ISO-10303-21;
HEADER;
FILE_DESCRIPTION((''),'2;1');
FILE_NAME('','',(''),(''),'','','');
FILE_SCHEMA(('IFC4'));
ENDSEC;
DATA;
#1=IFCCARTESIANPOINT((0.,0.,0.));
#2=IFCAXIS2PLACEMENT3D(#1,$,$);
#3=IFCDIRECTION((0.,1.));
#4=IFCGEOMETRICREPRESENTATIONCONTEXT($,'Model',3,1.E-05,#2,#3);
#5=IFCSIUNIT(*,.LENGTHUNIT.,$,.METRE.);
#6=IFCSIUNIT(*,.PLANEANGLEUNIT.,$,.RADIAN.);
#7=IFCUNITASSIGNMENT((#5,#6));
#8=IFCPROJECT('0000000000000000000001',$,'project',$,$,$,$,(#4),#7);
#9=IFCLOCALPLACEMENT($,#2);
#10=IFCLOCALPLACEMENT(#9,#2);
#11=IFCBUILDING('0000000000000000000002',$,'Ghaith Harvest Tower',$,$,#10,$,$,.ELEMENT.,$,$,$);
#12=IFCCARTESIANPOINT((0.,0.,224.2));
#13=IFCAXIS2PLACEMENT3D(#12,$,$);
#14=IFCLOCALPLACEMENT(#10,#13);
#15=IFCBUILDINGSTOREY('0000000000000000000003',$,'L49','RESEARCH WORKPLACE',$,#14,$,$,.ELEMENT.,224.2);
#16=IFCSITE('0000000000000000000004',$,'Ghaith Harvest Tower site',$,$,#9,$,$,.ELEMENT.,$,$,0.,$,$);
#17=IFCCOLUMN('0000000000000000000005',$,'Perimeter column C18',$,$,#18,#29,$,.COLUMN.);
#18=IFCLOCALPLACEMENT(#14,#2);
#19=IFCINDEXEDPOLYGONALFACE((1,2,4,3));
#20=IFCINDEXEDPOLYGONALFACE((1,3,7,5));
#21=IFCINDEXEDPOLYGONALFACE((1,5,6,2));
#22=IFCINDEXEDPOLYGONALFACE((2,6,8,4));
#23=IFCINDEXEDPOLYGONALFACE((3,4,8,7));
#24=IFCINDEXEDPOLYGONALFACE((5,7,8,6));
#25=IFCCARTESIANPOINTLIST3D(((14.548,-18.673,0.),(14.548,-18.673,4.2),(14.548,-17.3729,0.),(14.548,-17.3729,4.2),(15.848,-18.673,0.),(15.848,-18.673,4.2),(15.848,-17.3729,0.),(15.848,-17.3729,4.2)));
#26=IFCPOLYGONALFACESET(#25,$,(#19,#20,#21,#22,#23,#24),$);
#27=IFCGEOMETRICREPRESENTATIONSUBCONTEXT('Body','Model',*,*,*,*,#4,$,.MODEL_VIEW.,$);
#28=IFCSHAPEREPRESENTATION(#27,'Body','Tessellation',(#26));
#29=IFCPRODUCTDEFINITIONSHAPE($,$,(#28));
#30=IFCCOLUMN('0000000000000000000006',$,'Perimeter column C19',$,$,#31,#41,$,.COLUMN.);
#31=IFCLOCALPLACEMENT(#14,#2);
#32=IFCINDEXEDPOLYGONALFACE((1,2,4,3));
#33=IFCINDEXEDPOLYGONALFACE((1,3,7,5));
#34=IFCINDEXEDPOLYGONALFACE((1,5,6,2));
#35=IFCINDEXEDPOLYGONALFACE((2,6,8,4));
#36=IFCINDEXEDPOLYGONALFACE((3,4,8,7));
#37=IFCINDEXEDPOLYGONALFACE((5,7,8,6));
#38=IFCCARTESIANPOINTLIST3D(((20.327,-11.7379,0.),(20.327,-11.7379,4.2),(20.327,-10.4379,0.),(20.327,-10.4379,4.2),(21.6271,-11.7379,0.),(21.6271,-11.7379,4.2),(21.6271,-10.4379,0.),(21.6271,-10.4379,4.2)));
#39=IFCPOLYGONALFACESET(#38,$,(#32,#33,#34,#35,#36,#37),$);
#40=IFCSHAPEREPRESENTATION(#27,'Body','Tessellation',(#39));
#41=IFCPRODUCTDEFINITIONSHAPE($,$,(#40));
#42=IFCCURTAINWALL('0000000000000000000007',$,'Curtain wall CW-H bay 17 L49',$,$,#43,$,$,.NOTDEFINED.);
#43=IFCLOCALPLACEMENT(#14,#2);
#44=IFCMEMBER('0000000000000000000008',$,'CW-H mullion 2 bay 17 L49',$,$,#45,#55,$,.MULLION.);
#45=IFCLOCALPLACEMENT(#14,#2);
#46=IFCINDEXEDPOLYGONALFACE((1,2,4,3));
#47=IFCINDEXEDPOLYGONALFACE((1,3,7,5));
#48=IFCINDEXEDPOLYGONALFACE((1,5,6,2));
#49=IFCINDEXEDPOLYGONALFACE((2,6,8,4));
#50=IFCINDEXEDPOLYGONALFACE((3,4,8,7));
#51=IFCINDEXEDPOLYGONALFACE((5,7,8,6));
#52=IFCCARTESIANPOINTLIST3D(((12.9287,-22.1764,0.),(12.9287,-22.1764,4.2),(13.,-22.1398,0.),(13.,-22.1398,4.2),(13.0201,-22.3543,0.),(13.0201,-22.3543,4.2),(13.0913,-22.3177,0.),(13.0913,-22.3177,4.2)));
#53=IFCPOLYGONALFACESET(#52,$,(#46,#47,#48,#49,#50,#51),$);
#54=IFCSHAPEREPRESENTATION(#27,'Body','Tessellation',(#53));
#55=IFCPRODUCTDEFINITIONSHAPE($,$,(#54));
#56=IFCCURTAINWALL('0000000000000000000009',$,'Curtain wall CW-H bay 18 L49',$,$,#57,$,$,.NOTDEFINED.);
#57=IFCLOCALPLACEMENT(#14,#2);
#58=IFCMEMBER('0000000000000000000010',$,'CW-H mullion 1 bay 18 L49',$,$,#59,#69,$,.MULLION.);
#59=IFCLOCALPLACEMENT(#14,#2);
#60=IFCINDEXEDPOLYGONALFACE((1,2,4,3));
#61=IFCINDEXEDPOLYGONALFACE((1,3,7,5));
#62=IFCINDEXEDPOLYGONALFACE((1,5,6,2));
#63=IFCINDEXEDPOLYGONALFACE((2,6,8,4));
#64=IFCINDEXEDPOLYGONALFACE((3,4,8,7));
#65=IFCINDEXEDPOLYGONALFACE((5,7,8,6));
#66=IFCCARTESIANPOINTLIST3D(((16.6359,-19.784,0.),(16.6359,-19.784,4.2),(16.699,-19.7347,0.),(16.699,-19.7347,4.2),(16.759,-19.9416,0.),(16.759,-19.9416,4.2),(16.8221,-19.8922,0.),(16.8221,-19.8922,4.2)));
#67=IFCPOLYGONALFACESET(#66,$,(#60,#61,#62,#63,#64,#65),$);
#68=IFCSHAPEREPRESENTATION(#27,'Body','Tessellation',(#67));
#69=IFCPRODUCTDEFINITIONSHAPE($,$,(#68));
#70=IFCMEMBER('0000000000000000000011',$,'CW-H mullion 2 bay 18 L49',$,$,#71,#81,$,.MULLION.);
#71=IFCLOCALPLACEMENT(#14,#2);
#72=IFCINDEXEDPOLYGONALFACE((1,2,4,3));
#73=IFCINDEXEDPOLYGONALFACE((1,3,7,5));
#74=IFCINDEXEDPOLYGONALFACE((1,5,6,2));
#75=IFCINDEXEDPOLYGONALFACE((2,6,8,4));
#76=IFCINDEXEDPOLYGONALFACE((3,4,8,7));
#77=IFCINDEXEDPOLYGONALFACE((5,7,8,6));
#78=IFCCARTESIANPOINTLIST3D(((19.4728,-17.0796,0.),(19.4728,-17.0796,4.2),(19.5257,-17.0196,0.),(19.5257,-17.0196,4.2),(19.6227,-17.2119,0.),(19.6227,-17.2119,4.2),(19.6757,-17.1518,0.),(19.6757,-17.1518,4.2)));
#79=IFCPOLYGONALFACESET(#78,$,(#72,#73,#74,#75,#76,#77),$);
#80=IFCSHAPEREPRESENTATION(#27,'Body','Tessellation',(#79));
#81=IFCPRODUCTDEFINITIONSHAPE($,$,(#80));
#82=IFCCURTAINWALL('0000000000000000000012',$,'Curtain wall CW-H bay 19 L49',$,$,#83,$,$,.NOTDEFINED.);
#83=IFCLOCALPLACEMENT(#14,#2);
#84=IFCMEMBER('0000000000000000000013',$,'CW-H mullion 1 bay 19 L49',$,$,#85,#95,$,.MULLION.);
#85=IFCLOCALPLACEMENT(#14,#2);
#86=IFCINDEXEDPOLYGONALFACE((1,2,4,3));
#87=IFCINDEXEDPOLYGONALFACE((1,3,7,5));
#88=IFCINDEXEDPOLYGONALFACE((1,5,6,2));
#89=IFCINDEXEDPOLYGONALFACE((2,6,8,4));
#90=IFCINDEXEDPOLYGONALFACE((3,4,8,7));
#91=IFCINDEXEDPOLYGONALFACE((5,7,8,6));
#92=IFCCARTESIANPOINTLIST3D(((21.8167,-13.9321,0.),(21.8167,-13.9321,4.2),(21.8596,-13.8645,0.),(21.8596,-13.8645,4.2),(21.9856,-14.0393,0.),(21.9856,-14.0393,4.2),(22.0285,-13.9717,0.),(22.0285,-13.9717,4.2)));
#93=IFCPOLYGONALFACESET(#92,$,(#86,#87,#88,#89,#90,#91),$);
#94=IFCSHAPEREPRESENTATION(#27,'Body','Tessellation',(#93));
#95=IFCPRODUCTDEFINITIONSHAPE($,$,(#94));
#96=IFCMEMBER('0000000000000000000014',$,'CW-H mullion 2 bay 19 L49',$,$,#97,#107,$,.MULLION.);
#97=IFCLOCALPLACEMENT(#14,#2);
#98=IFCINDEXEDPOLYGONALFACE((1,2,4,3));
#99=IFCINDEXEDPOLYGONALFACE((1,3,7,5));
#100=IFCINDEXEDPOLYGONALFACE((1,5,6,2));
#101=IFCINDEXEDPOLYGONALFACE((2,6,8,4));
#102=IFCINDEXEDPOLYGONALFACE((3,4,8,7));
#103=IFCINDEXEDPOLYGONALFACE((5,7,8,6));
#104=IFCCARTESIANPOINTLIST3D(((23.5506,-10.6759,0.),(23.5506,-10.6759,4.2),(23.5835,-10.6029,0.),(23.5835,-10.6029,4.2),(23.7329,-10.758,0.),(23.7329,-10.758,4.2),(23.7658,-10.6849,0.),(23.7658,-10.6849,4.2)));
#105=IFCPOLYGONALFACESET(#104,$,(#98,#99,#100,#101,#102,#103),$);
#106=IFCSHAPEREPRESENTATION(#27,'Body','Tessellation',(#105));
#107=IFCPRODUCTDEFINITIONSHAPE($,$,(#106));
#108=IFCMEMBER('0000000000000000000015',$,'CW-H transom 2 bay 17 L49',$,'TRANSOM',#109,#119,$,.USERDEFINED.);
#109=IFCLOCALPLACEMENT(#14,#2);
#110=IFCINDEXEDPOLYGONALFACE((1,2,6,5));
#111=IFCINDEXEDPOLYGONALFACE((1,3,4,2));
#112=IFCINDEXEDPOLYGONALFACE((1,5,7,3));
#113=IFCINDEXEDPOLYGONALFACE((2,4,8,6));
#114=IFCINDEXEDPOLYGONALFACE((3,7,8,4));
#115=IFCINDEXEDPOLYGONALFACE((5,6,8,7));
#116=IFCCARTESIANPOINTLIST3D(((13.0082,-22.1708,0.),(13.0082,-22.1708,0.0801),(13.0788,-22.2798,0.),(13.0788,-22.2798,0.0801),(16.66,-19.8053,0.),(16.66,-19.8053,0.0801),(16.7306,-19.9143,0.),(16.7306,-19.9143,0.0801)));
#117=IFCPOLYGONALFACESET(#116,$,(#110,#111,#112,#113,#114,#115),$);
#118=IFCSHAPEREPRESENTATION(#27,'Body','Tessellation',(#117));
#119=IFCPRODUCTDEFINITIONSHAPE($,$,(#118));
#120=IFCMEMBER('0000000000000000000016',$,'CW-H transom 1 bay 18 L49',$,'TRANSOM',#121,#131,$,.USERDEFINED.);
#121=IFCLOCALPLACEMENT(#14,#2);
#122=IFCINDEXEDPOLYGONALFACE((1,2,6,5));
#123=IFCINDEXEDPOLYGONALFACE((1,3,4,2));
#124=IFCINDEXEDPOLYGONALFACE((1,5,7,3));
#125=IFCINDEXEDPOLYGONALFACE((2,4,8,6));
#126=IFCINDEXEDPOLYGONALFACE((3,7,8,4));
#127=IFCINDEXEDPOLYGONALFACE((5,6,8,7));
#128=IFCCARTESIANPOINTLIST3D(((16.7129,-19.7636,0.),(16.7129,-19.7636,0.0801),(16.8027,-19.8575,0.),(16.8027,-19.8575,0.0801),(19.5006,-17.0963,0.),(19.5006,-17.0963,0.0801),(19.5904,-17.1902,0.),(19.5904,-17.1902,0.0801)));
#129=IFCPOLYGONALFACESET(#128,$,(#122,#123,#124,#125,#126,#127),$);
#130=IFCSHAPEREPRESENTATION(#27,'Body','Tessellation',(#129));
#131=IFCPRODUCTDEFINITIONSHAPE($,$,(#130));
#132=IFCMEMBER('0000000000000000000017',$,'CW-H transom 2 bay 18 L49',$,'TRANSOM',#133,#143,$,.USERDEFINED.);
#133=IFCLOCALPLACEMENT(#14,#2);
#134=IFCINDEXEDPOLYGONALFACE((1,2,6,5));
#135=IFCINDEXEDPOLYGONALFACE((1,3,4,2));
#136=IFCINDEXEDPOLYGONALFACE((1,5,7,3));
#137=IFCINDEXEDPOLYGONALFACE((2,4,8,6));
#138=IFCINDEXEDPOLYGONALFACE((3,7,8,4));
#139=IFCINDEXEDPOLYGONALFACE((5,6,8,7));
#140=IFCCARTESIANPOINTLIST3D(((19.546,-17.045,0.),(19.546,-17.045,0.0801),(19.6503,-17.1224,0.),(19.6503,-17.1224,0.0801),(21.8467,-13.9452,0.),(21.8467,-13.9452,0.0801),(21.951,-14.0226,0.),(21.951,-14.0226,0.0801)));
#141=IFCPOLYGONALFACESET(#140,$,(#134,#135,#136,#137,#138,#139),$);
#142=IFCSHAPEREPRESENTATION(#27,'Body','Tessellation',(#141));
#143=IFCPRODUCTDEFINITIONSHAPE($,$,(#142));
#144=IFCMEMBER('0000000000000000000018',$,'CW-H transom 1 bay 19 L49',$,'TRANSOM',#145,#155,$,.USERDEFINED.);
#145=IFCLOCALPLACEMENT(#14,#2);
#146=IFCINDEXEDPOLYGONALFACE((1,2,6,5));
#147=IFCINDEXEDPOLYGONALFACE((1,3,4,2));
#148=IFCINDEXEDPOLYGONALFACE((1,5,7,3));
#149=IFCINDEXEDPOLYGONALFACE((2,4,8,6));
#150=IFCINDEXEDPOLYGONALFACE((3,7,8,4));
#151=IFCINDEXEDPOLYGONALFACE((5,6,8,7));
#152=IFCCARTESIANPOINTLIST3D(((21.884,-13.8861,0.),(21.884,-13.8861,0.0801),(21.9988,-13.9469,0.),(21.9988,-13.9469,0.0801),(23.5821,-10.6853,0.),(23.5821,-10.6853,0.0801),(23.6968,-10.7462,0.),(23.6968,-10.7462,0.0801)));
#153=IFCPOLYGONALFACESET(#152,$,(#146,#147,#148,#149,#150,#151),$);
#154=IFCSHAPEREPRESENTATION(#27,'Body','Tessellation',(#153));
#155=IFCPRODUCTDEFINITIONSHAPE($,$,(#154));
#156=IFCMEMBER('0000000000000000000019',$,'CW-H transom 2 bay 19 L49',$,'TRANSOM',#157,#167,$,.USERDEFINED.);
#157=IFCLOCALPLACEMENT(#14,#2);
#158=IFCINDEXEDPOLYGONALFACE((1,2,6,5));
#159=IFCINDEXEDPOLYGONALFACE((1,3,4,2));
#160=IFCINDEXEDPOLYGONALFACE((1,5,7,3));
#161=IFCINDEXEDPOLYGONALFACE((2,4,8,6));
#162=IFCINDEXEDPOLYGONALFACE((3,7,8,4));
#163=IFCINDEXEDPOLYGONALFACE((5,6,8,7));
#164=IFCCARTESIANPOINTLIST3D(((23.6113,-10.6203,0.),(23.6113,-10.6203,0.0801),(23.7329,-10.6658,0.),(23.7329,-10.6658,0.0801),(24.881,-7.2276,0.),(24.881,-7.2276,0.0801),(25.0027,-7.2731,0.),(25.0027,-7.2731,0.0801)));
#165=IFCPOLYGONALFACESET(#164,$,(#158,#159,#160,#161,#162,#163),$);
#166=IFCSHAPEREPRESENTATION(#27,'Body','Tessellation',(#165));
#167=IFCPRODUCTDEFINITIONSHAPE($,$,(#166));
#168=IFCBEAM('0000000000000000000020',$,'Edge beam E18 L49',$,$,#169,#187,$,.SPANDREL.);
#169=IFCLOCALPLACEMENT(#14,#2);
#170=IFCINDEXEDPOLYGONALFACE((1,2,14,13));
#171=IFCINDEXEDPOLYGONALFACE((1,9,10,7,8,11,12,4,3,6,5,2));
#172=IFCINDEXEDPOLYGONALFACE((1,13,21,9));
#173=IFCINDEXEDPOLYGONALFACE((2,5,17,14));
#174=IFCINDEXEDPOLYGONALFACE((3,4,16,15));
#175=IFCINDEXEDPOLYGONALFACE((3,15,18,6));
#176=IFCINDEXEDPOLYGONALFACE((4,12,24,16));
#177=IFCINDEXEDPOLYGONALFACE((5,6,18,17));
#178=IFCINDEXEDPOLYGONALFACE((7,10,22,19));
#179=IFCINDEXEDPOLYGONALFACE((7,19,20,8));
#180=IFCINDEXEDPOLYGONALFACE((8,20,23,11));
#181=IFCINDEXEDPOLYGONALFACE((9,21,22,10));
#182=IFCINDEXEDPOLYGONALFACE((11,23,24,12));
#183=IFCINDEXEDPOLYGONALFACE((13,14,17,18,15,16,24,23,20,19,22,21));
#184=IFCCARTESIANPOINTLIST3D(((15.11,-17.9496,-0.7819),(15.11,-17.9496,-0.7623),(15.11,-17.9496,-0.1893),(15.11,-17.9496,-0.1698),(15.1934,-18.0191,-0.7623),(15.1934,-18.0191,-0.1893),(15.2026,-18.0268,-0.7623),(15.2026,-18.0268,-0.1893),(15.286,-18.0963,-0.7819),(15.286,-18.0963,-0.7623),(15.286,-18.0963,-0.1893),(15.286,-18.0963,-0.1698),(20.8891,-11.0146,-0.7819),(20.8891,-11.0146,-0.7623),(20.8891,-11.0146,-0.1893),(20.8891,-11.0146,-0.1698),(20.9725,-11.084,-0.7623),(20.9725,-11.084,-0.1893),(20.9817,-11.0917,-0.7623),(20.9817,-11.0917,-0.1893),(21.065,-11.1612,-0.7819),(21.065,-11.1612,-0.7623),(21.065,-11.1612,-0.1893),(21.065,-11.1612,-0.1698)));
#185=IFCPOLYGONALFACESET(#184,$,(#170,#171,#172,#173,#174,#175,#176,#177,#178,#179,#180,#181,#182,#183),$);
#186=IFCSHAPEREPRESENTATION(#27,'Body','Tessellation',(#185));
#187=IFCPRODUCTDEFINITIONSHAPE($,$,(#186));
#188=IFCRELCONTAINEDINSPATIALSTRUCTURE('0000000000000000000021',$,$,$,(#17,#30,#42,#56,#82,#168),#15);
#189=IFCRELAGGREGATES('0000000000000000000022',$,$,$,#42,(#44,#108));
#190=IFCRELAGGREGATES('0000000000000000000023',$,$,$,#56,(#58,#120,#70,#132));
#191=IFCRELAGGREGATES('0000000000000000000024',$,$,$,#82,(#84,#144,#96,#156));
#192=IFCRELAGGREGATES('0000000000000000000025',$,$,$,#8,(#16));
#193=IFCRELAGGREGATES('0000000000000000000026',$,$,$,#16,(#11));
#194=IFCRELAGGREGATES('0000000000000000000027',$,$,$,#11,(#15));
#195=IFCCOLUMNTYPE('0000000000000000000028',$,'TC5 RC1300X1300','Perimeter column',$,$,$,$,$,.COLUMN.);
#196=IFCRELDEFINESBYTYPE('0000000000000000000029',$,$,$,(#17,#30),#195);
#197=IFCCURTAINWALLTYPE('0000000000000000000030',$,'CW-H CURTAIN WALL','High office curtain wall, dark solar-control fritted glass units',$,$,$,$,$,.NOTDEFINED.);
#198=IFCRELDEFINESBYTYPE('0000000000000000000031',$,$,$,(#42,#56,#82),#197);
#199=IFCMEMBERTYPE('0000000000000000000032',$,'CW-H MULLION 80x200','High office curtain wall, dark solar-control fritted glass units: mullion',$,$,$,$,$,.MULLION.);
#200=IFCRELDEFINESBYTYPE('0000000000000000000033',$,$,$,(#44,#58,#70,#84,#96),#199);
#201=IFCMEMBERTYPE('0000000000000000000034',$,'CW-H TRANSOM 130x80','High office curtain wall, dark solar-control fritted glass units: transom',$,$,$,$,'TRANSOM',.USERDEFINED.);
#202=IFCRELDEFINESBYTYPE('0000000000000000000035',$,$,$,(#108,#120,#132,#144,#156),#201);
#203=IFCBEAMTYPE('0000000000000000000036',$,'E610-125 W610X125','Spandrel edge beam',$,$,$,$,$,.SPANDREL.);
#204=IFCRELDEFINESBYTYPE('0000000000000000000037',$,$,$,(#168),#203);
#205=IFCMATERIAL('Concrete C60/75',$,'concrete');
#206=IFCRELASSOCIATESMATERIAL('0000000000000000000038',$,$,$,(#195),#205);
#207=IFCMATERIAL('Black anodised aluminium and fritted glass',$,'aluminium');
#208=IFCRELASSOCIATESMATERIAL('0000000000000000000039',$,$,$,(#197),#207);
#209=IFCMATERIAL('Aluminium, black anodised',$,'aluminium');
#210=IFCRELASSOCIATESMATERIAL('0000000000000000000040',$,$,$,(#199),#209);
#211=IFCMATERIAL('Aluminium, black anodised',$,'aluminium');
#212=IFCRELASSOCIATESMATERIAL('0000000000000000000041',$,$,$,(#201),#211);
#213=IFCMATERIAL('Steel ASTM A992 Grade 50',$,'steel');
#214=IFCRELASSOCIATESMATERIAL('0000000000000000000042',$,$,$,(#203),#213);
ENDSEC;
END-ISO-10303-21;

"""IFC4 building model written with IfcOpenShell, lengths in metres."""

from ifc_helpers import new_model, si_unit, direction, frame, origin, origin_2d, place, context, subcontext, project, spatial, rectangle, i_section, extrude, material, material_profile, profile_set, type_object, element, aggregate, save


model = new_model("IFC4")

# Units and contexts
model_context = context("Model", 3, precision=1e-05, world=origin(), true_north=direction((0.0, 1.0)))
body_context = subcontext(model_context, "Body", "Model", "MODEL_VIEW")
ifc_project = project(units=[si_unit("LENGTHUNIT", "METRE"), si_unit("PLANEANGLEUNIT", "RADIAN")], contexts=[model_context])

# Site, building, storey
site_placement = place(None, origin())
site = spatial("IfcSite", under=ifc_project, at=site_placement, Name="Ghaith Harvest Tower site", CompositionType="ELEMENT", RefElevation=0.0)
building_placement = place(site_placement, origin())
building = spatial("IfcBuilding", under=site, at=building_placement, Name="Ghaith Harvest Tower", CompositionType="ELEMENT")
storey_placement = place(building_placement, frame((0.0, 0.0, 224.2)))
storey = spatial("IfcBuildingStorey", under=building, at=storey_placement, Name="L49", Description="RESEARCH WORKPLACE", CompositionType="ELEMENT", Elevation=224.2)

# Columns
ifc_material_1 = material(Name="Concrete C60/75", Category="concrete")
ifc_material_profile_1 = material_profile(ifc_material_1, rectangle(XDim=1.3, YDim=1.3, at=origin_2d()), Name="RC1300X1300")
ifc_profile_set_1 = profile_set([ifc_material_profile_1], Name="Concrete C60/75")
column_type = type_object("IfcColumnType", Name="TC5 RC1300X1300", Description="Perimeter column", PredefinedType="COLUMN", material=ifc_profile_set_1)
for number, where, z_axis, x_axis, name in (
    (1, (15.198, -18.0229, 0.0), (0.0, 0.0, 1.0), (1.0, 0.0, 0.0), "Perimeter column C18"),
    (2, (20.9771, -11.0879, 0.0), (0.0, 0.0, 1.0), (1.0, 0.0, 0.0), "Perimeter column C19"),
):
    element("IfcColumn", number, at=place(storey_placement, frame(where, z_axis=z_axis, x_axis=x_axis)), inside=storey, type_object=column_type, Name=name, PredefinedType="COLUMN", context=body_context, shape_type="SweptSolid", body=[
        extrude(rectangle(XDim=1.3, YDim=1.3, at=origin_2d()), origin(), (0.0, 0.0, 1.0), 4.2),
    ])

# Curtain wall, member
ifc_material_2 = material(Name="Black anodised aluminium and fritted glass", Category="aluminium")
curtain_wall_type = type_object("IfcCurtainWallType", Name="CW-H CURTAIN WALL", Description="High office curtain wall, dark solar-control fritted glass units", PredefinedType="NOTDEFINED", material=ifc_material_2)
curtain_wall_1_placement = place(storey_placement, origin())
curtain_wall_1 = element("IfcCurtainWall", 3, at=curtain_wall_1_placement, inside=storey, type_object=curtain_wall_type, Name="Curtain wall CW-H bay 17 L49", PredefinedType="NOTDEFINED")
ifc_material_3 = material(Name="Aluminium, black anodised", Category="aluminium")
ifc_material_profile_2 = material_profile(ifc_material_3, rectangle(XDim=0.0801, YDim=0.2, at=origin_2d()), Name="CW-H MULLION 80x200")
ifc_profile_set_2 = profile_set([ifc_material_profile_2], Name="Aluminium, black anodised")
member_type_1 = type_object("IfcMemberType", Name="CW-H MULLION 80x200", Description="High office curtain wall, dark solar-control fritted glass units: mullion", PredefinedType="MULLION", material=ifc_profile_set_2)
member_1_placement = place(storey_placement, frame((13.01, -22.2471, 0.0), z_axis=(0.0, 0.0, 1.0), x_axis=(0.889568, 0.456802, 0.0)))
member_1 = element("IfcMember", 4, at=member_1_placement, type_object=member_type_1, Name="CW-H mullion 2 bay 17 L49", PredefinedType="MULLION", context=body_context, shape_type="SweptSolid", body=[
    extrude(rectangle(XDim=0.0801, YDim=0.2, at=origin_2d()), origin(), (0.0, 0.0, 1.0), 4.2),
])

# Curtain walls, members
curtain_wall_2_placement = place(storey_placement, origin())
curtain_wall_2 = element("IfcCurtainWall", 5, at=curtain_wall_2_placement, inside=storey, type_object=curtain_wall_type, Name="Curtain wall CW-H bay 18 L49", PredefinedType="NOTDEFINED")
member_2_placement = place(storey_placement, frame((16.729, -19.8381, 0.0), z_axis=(0.0, 0.0, 1.0), x_axis=(0.787846, 0.615873, 0.0)))
member_2 = element("IfcMember", 6, at=member_2_placement, type_object=member_type_1, Name="CW-H mullion 1 bay 18 L49", PredefinedType="MULLION", context=body_context, shape_type="SweptSolid", body=[
    extrude(rectangle(XDim=0.0801, YDim=0.2, at=origin_2d()), origin(), (0.0, 0.0, 1.0), 4.2),
])
member_3_placement = place(storey_placement, frame((19.5742, -17.1157, 0.0), z_axis=(0.0, 0.0, 1.0), x_axis=(0.661615, 0.749844, 0.0)))
member_3 = element("IfcMember", 7, at=member_3_placement, type_object=member_type_1, Name="CW-H mullion 2 bay 18 L49", PredefinedType="MULLION", context=body_context, shape_type="SweptSolid", body=[
    extrude(rectangle(XDim=0.0801, YDim=0.2, at=origin_2d()), origin(), (0.0, 0.0, 1.0), 4.2),
])
curtain_wall_3_placement = place(storey_placement, origin())
curtain_wall_3 = element("IfcCurtainWall", 8, at=curtain_wall_3_placement, inside=storey, type_object=curtain_wall_type, Name="Curtain wall CW-H bay 19 L49", PredefinedType="NOTDEFINED")
member_4_placement = place(storey_placement, frame((21.9226, -13.9519, 0.0), z_axis=(0.0, 0.0, 1.0), x_axis=(0.535827, 0.844328, 0.0)))
member_4 = element("IfcMember", 9, at=member_4_placement, type_object=member_type_1, Name="CW-H mullion 1 bay 19 L49", PredefinedType="MULLION", context=body_context, shape_type="SweptSolid", body=[
    extrude(rectangle(XDim=0.0801, YDim=0.2, at=origin_2d()), origin(), (0.0, 0.0, 1.0), 4.2),
])
member_5_placement = place(storey_placement, frame((23.6582, -10.6804, 0.0), z_axis=(0.0, 0.0, 1.0), x_axis=(0.41043, 0.911892, 0.0)))
member_5 = element("IfcMember", 10, at=member_5_placement, type_object=member_type_1, Name="CW-H mullion 2 bay 19 L49", PredefinedType="MULLION", context=body_context, shape_type="SweptSolid", body=[
    extrude(rectangle(XDim=0.0801, YDim=0.2, at=origin_2d()), origin(), (0.0, 0.0, 1.0), 4.2),
])

# Members
ifc_material_4 = material(Name="Aluminium, black anodised", Category="aluminium")
ifc_material_profile_3 = material_profile(ifc_material_4, rectangle(XDim=0.1299, YDim=0.0801, at=origin_2d()), Name="CW-H TRANSOM 130x80")
ifc_profile_set_3 = profile_set([ifc_material_profile_3], Name="Aluminium, black anodised")
member_type_2 = type_object("IfcMemberType", Name="CW-H TRANSOM 130x80", Description="High office curtain wall, dark solar-control fritted glass units: transom", ElementType="TRANSOM", PredefinedType="USERDEFINED", material=ifc_profile_set_3)
member_6_placement = place(storey_placement, frame((13.0435, -22.2253, 0.04), z_axis=(0.839307, 0.543658, 0.0), x_axis=(-0.543658, 0.839307, 0.0)))
member_6 = element("IfcMember", 11, at=member_6_placement, type_object=member_type_2, Name="CW-H transom 2 bay 17 L49", ObjectType="TRANSOM", PredefinedType="USERDEFINED", context=body_context, shape_type="SweptSolid", body=[
    extrude(rectangle(XDim=0.1299, YDim=0.0801, at=origin_2d()), origin(), (0.0, 0.0, 1.0), 4.3511),
])
member_7_placement = place(storey_placement, frame((16.7578, -19.8105, 0.04), z_axis=(0.722533, 0.691336, 0.0), x_axis=(-0.691336, 0.722533, 0.0)))
member_7 = element("IfcMember", 12, at=member_7_placement, type_object=member_type_2, Name="CW-H transom 1 bay 18 L49", ObjectType="TRANSOM", PredefinedType="USERDEFINED", context=body_context, shape_type="SweptSolid", body=[
    extrude(rectangle(XDim=0.1299, YDim=0.0801, at=origin_2d()), origin(), (0.0, 0.0, 1.0), 3.8582),
])
member_8_placement = place(storey_placement, frame((19.5981, -17.0837, 0.04), z_axis=(0.595996, 0.802988, 0.0), x_axis=(-0.802988, 0.595996, 0.0)))
member_8 = element("IfcMember", 13, at=member_8_placement, type_object=member_type_2, Name="CW-H transom 2 bay 18 L49", ObjectType="TRANSOM", PredefinedType="USERDEFINED", context=body_context, shape_type="SweptSolid", body=[
    extrude(rectangle(XDim=0.1299, YDim=0.0801, at=origin_2d()), origin(), (0.0, 0.0, 1.0), 3.8604),
])
member_9_placement = place(storey_placement, frame((21.9414, -13.9165, 0.04), z_axis=(0.468646, 0.883386, 0.0), x_axis=(-0.883386, 0.468646, 0.0)))
member_9 = element("IfcMember", 14, at=member_9_placement, type_object=member_type_2, Name="CW-H transom 1 bay 19 L49", ObjectType="TRANSOM", PredefinedType="USERDEFINED", context=body_context, shape_type="SweptSolid", body=[
    extrude(rectangle(XDim=0.1299, YDim=0.0801, at=origin_2d()), origin(), (0.0, 0.0, 1.0), 3.6233),
])
member_10_placement = place(storey_placement, frame((23.6721, -10.6431, 0.04), z_axis=(0.35051, 0.936559, 0.0), x_axis=(-0.936559, 0.35051, 0.0)))
member_10 = element("IfcMember", 15, at=member_10_placement, type_object=member_type_2, Name="CW-H transom 2 bay 19 L49", ObjectType="TRANSOM", PredefinedType="USERDEFINED", context=body_context, shape_type="SweptSolid", body=[
    extrude(rectangle(XDim=0.1299, YDim=0.0801, at=origin_2d()), origin(), (0.0, 0.0, 1.0), 3.6226),
])

# Beam
ifc_material_5 = material(Name="Steel ASTM A992 Grade 50", Category="steel")
ifc_material_profile_4 = material_profile(ifc_material_5, i_section(OverallWidth=0.229, OverallDepth=0.6121, WebThickness=0.012, FlangeThickness=0.0195, at=origin_2d()), Name="W610X125")
ifc_profile_set_4 = profile_set([ifc_material_profile_4], Name="Steel ASTM A992 Grade 50")
beam_type_1 = type_object("IfcBeamType", Name="E610-125 W610X125", Description="Spandrel edge beam", PredefinedType="SPANDREL", material=ifc_profile_set_4)
beam_1_placement = place(storey_placement, frame((15.198, -18.0229, -0.4758), z_axis=(0.640174, 0.76823, 0.0), x_axis=(-0.76823, 0.640174, 0.0)))
element("IfcBeam", 16, at=beam_1_placement, inside=storey, type_object=beam_type_1, Name="Edge beam E18 L49", PredefinedType="SPANDREL", context=body_context, shape_type="SweptSolid", body=[
    extrude(i_section(OverallWidth=0.229, OverallDepth=0.6121, WebThickness=0.012, FlangeThickness=0.0195, at=origin_2d()), origin(), (0.0, 0.0, 1.0), 9.0273),
])

aggregate(curtain_wall_1, [member_1, member_6])
aggregate(curtain_wall_2, [member_2, member_7, member_3, member_8])
aggregate(curtain_wall_3, [member_4, member_9, member_5, member_10])

save(model, "model.ifc")
